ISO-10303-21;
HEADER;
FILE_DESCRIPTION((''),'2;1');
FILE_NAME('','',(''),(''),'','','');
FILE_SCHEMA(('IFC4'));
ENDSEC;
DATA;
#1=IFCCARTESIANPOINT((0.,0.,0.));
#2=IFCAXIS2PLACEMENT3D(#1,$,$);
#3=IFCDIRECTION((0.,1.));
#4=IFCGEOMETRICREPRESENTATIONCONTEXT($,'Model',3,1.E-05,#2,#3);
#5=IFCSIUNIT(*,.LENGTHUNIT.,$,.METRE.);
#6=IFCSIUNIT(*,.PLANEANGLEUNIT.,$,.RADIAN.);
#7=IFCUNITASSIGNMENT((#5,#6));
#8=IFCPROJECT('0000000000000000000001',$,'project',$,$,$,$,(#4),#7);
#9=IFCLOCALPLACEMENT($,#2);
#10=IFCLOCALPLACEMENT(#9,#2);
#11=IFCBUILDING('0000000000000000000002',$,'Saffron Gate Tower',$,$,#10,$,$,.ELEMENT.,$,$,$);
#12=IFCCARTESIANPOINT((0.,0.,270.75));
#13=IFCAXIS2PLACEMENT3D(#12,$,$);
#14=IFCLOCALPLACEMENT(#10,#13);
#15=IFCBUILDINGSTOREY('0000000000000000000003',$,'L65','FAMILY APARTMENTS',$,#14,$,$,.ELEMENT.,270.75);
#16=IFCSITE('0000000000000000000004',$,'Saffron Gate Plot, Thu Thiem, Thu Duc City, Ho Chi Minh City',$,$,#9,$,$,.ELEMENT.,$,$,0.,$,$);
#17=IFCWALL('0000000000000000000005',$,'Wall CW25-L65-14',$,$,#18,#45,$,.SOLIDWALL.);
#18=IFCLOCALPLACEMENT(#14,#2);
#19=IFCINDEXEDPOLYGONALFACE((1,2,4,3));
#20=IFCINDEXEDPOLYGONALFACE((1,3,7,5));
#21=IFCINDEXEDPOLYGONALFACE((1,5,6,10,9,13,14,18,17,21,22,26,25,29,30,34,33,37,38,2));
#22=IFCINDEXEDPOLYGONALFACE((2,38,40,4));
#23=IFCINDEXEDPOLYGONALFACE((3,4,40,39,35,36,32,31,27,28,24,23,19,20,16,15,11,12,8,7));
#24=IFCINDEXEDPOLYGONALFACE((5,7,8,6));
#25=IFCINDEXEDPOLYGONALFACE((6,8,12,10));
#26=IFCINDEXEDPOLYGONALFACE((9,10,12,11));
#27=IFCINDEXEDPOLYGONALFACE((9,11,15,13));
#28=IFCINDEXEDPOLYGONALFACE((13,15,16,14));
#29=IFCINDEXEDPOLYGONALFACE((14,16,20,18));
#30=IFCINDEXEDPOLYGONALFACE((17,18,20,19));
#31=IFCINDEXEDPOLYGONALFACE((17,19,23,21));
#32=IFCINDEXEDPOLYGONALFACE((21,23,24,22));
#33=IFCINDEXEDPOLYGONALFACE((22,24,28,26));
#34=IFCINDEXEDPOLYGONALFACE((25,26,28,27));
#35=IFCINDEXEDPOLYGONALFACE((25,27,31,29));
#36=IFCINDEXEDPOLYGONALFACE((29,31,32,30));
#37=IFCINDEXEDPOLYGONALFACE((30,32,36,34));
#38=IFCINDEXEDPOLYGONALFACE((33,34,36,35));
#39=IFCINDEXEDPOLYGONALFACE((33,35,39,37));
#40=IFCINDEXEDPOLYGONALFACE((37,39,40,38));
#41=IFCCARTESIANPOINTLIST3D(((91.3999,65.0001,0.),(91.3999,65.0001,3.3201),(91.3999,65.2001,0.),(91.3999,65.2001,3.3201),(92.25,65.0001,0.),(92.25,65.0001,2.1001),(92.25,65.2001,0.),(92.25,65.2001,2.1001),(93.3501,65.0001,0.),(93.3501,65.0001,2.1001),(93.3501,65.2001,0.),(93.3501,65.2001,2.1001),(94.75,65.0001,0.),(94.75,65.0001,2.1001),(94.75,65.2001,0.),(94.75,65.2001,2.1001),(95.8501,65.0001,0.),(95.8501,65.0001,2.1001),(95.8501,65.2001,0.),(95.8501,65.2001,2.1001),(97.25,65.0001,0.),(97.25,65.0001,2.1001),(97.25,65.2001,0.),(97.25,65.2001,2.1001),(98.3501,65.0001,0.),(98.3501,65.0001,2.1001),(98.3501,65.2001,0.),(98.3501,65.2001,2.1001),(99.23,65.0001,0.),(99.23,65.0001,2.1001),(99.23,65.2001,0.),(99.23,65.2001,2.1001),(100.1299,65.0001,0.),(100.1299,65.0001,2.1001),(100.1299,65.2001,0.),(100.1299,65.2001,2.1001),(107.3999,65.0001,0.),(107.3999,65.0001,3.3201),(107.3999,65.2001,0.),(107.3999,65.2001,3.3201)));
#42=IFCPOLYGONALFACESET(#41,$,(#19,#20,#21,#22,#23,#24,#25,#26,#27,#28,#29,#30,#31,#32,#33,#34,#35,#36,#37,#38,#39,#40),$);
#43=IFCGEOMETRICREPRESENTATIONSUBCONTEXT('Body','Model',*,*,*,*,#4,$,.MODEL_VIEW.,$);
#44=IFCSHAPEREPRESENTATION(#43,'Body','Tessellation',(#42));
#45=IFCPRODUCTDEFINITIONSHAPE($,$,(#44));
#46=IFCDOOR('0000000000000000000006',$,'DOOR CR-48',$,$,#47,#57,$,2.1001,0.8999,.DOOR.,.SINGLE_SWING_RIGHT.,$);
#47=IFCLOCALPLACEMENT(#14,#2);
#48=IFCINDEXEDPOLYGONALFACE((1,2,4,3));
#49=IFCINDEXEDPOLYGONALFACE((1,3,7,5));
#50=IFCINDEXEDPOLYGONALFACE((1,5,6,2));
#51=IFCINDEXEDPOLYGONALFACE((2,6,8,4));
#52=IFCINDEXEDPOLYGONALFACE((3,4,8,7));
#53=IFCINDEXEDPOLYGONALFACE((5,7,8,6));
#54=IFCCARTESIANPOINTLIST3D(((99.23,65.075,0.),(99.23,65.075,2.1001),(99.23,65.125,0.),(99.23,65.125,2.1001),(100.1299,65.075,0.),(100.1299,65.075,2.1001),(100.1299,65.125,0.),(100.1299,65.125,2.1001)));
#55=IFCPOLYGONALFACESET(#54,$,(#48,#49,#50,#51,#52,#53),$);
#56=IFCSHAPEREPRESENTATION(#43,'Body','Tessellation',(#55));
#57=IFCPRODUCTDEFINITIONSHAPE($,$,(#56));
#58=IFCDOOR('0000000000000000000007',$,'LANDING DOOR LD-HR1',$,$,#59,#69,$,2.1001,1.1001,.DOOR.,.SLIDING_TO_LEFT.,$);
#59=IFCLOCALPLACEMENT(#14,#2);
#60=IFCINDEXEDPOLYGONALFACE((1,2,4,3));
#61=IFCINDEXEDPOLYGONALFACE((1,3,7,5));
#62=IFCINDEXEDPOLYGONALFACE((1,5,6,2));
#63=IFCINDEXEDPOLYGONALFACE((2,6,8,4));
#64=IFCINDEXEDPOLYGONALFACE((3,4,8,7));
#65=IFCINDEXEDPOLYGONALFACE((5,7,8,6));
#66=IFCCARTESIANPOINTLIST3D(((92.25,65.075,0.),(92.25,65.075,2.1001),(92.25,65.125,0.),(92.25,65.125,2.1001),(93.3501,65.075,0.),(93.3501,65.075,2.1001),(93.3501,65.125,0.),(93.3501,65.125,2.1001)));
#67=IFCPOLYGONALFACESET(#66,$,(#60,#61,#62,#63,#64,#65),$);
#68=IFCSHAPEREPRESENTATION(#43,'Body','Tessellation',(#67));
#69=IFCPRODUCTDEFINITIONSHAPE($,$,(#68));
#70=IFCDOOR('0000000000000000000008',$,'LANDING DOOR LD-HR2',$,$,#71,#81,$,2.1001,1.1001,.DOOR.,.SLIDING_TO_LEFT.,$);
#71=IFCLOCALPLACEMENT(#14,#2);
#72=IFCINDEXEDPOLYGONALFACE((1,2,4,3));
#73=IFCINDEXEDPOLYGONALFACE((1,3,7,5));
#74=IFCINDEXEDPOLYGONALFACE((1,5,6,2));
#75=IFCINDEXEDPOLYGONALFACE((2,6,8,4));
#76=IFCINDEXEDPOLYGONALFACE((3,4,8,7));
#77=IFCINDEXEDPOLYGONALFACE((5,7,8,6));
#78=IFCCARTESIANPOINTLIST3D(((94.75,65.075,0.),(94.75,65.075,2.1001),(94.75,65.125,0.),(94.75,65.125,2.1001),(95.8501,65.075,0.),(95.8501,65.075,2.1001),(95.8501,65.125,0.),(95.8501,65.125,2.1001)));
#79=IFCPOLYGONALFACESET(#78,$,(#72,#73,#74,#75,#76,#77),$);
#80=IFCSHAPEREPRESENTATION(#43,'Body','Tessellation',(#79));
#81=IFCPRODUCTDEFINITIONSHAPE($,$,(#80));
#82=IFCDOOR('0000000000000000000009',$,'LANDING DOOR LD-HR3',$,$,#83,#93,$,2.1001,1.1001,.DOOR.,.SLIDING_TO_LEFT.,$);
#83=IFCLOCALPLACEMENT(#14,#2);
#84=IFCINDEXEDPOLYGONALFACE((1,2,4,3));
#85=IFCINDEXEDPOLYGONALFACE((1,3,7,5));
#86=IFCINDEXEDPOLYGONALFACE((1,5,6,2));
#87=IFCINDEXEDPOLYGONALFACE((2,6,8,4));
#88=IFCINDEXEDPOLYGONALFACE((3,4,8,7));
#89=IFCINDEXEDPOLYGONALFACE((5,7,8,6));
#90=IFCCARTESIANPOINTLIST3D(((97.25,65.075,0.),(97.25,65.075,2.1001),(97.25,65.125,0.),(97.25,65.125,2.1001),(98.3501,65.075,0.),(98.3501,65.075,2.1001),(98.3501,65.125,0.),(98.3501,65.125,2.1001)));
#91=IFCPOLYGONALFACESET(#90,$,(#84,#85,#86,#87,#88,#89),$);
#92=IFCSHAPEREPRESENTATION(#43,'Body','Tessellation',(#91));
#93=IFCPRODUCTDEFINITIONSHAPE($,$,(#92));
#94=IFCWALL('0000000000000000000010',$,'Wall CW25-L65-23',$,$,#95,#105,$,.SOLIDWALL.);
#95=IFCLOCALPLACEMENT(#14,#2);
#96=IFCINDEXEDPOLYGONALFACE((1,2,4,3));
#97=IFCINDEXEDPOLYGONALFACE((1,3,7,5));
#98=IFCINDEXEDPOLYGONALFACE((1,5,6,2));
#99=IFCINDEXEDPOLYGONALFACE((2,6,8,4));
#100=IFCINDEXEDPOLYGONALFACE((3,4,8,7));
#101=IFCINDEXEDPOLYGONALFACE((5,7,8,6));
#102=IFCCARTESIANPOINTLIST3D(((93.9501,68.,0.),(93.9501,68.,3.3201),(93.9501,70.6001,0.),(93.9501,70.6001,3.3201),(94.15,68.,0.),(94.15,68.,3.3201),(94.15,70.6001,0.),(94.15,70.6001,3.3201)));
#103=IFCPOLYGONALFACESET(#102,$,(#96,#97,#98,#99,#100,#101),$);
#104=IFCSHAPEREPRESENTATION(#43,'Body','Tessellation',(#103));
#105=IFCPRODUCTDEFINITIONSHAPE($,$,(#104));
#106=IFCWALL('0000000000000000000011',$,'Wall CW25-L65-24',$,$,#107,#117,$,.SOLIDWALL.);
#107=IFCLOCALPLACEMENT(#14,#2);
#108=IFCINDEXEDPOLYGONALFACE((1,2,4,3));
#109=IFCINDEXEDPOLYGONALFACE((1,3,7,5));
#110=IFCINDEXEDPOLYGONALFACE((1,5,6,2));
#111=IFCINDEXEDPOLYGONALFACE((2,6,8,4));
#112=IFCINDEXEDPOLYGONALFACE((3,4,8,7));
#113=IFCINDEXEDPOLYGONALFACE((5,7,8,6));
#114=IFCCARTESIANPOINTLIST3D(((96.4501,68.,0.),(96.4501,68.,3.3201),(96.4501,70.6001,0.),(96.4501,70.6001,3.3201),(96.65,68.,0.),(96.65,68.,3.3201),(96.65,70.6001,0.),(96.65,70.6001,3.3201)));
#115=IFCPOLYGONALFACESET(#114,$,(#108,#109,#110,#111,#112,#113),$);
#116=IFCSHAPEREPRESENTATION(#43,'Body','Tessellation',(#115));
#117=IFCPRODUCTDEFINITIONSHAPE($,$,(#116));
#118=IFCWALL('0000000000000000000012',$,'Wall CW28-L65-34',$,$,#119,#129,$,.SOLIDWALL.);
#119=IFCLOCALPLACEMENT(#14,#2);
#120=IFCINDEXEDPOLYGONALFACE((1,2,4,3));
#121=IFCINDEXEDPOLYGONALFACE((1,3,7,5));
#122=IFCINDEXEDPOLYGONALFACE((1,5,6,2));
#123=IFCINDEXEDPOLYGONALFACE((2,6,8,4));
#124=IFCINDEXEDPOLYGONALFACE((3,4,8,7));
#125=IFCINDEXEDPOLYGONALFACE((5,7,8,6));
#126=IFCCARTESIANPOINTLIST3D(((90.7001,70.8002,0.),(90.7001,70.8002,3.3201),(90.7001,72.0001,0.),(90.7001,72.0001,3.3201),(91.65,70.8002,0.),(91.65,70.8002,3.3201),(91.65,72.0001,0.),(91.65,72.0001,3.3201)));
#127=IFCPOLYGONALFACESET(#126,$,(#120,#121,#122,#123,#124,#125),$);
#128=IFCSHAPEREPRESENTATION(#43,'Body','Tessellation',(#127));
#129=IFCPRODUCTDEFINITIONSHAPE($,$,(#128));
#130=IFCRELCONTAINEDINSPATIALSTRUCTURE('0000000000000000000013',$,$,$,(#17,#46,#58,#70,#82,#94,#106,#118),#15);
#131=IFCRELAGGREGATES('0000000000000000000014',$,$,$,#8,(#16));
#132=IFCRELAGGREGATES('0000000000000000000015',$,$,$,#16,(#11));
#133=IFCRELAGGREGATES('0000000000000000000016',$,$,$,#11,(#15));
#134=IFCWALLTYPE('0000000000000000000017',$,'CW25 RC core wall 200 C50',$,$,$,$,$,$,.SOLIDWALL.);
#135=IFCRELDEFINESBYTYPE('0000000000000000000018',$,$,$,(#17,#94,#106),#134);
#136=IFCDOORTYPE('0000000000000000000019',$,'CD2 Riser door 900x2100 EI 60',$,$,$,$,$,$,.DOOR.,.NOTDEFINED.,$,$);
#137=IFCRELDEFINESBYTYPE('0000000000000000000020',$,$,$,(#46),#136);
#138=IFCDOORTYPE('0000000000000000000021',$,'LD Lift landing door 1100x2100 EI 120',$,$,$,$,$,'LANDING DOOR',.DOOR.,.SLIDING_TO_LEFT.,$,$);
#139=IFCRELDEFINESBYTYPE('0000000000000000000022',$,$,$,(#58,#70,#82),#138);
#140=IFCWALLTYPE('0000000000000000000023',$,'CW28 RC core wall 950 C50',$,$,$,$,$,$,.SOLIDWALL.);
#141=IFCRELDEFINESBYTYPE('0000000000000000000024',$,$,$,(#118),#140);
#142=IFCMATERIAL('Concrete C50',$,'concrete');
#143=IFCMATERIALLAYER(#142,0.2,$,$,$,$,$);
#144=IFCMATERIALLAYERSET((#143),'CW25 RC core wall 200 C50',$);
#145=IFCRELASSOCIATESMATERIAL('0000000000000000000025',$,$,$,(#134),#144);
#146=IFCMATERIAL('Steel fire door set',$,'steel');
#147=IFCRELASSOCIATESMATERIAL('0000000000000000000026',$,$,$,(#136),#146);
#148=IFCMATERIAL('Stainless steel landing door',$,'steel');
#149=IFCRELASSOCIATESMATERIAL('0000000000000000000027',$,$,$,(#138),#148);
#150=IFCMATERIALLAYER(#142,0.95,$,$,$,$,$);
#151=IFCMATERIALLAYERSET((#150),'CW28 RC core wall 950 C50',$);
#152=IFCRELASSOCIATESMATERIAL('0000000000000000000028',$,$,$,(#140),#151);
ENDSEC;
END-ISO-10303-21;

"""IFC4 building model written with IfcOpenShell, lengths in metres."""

from ifc_helpers import new_model, si_unit, direction, frame, frame_2d, origin, place, context, subcontext, project, spatial, rectangle, extrude, material, layer, layer_set, type_object, element, fill, save


model = new_model("IFC4")

# Units and contexts
model_context = context("Model", 3, precision=1e-05, world=origin(), true_north=direction((0.0, 1.0)))
body_context = subcontext(model_context, "Body", "Model", "MODEL_VIEW")
ifc_project = project(units=[si_unit("LENGTHUNIT", "METRE"), si_unit("PLANEANGLEUNIT", "RADIAN")], contexts=[model_context])

# Site, building, storey
site_placement = place(None, origin())
site = spatial("IfcSite", under=ifc_project, at=site_placement, Name="Saffron Gate Plot, Thu Thiem, Thu Duc City, Ho Chi Minh City", CompositionType="ELEMENT", RefElevation=0.0)
building_placement = place(site_placement, origin())
building = spatial("IfcBuilding", under=site, at=building_placement, Name="Saffron Gate Tower", CompositionType="ELEMENT")
storey_placement = place(building_placement, frame((0.0, 0.0, 270.75)))
storey = spatial("IfcBuildingStorey", under=building, at=storey_placement, Name="L65", Description="FAMILY APARTMENTS", CompositionType="ELEMENT", Elevation=270.75)

# Shared definitions
ifc_material_1 = material(Name="Concrete C50", Category="concrete")

# Shared definitions
ifc_material_2 = material(Name="Steel fire door set", Category="steel")

# Shared definitions
ifc_layer_1 = layer(ifc_material_1, 0.2)
ifc_layer_set_1 = layer_set([ifc_layer_1], Name="CW25 RC core wall 200 C50")
wall_type_1 = type_object("IfcWallType", Name="CW25 RC core wall 200 C50", PredefinedType="SOLIDWALL", material=ifc_layer_set_1)

# Wall, openings, doors
wall_1_placement = place(storey_placement, frame((91.3999, 65.1001, 0.0), z_axis=(0.0, 0.0, 1.0), x_axis=(1.0, 0.0, 0.0)))
wall_1 = element("IfcWall", 1, at=wall_1_placement, inside=storey, type_object=wall_type_1, Name="Wall CW25-L65-14", PredefinedType="SOLIDWALL", context=body_context, shape_type="SweptSolid", body=[
    extrude(rectangle(XDim=16.0, YDim=0.2, at=frame_2d((8.0, 0.0))), origin(), (0.0, 0.0, 1.0), 3.3201),
])
opening_1_placement = place(wall_1_placement, frame((0.8501, 0.0, 0.0)))
opening_1 = element("IfcOpeningElement", 2, at=opening_1_placement, cuts=wall_1, PredefinedType="OPENING", context=body_context, shape_type="SweptSolid", body=[
    extrude(rectangle(XDim=1.1001, YDim=2.1001, at=frame_2d((0.55, 1.05))), frame((0.0, 0.1099, 0.0), z_axis=(0.0, -1.0, 0.0), x_axis=(1.0, 0.0, 0.0)), (0.0, 0.0, 1.0), 0.22),
])
opening_2_placement = place(wall_1_placement, frame((3.3501, 0.0, 0.0)))
opening_2 = element("IfcOpeningElement", 3, at=opening_2_placement, cuts=wall_1, PredefinedType="OPENING", context=body_context, shape_type="SweptSolid", body=[
    extrude(rectangle(XDim=1.1001, YDim=2.1001, at=frame_2d((0.55, 1.05))), frame((0.0, 0.1099, 0.0), z_axis=(0.0, -1.0, 0.0), x_axis=(1.0, 0.0, 0.0)), (0.0, 0.0, 1.0), 0.22),
])
opening_3_placement = place(wall_1_placement, frame((5.8501, 0.0, 0.0)))
opening_3 = element("IfcOpeningElement", 4, at=opening_3_placement, cuts=wall_1, PredefinedType="OPENING", context=body_context, shape_type="SweptSolid", body=[
    extrude(rectangle(XDim=1.1001, YDim=2.1001, at=frame_2d((0.55, 1.05))), frame((0.0, 0.1099, 0.0), z_axis=(0.0, -1.0, 0.0), x_axis=(1.0, 0.0, 0.0)), (0.0, 0.0, 1.0), 0.22),
])
opening_4_placement = place(wall_1_placement, frame((7.8301, 0.0, 0.0)))
opening_4 = element("IfcOpeningElement", 5, at=opening_4_placement, cuts=wall_1, PredefinedType="OPENING", context=body_context, shape_type="SweptSolid", body=[
    extrude(rectangle(XDim=0.8999, YDim=2.1001, at=frame_2d((0.45, 1.05))), frame((0.0, 0.1099, 0.0), z_axis=(0.0, -1.0, 0.0), x_axis=(1.0, 0.0, 0.0)), (0.0, 0.0, 1.0), 0.22),
])
door_type_1 = type_object("IfcDoorType", Name="CD2 Riser door 900x2100 EI 60", OperationType="NOTDEFINED", PredefinedType="DOOR", material=ifc_material_2)
door_1_placement = place(opening_4_placement, origin())
door_1 = element("IfcDoor", 6, at=door_1_placement, inside=storey, type_object=door_type_1, Name="DOOR CR-48", OperationType="SINGLE_SWING_RIGHT", OverallHeight=2.1001, OverallWidth=0.8999, PredefinedType="DOOR", context=body_context, shape_type="SweptSolid", body=[
    extrude(rectangle(XDim=0.8999, YDim=2.1001, at=frame_2d((0.45, 1.05))), frame((0.0, 0.0249, 0.0), z_axis=(0.0, -1.0, 0.0), x_axis=(1.0, 0.0, 0.0)), (0.0, 0.0, 1.0), 0.05),
])
fill(opening_4, door_1)
ifc_material_3 = material(Name="Stainless steel landing door", Category="steel")
door_type_2 = type_object("IfcDoorType", Name="LD Lift landing door 1100x2100 EI 120", ElementType="LANDING DOOR", OperationType="SLIDING_TO_LEFT", PredefinedType="DOOR", material=ifc_material_3)
door_2_placement = place(opening_1_placement, origin())
door_2 = element("IfcDoor", 7, at=door_2_placement, inside=storey, type_object=door_type_2, Name="LANDING DOOR LD-HR1", OperationType="SLIDING_TO_LEFT", OverallHeight=2.1001, OverallWidth=1.1001, PredefinedType="DOOR", context=body_context, shape_type="SweptSolid", body=[
    extrude(rectangle(XDim=1.1001, YDim=2.1001, at=frame_2d((0.55, 1.05))), frame((0.0, 0.0249, 0.0), z_axis=(0.0, -1.0, 0.0), x_axis=(1.0, 0.0, 0.0)), (0.0, 0.0, 1.0), 0.05),
])
fill(opening_1, door_2)
door_3_placement = place(opening_2_placement, origin())
door_3 = element("IfcDoor", 8, at=door_3_placement, inside=storey, type_object=door_type_2, Name="LANDING DOOR LD-HR2", OperationType="SLIDING_TO_LEFT", OverallHeight=2.1001, OverallWidth=1.1001, PredefinedType="DOOR", context=body_context, shape_type="SweptSolid", body=[
    extrude(rectangle(XDim=1.1001, YDim=2.1001, at=frame_2d((0.55, 1.05))), frame((0.0, 0.0249, 0.0), z_axis=(0.0, -1.0, 0.0), x_axis=(1.0, 0.0, 0.0)), (0.0, 0.0, 1.0), 0.05),
])
fill(opening_2, door_3)
door_4_placement = place(opening_3_placement, origin())
door_4 = element("IfcDoor", 9, at=door_4_placement, inside=storey, type_object=door_type_2, Name="LANDING DOOR LD-HR3", OperationType="SLIDING_TO_LEFT", OverallHeight=2.1001, OverallWidth=1.1001, PredefinedType="DOOR", context=body_context, shape_type="SweptSolid", body=[
    extrude(rectangle(XDim=1.1001, YDim=2.1001, at=frame_2d((0.55, 1.05))), frame((0.0, 0.0249, 0.0), z_axis=(0.0, -1.0, 0.0), x_axis=(1.0, 0.0, 0.0)), (0.0, 0.0, 1.0), 0.05),
])
fill(opening_3, door_4)

# Walls
for number, where, z_axis, x_axis, name in (
    (10, (94.05, 68.0, 0.0), (0.0, 0.0, 1.0), (0.0, 1.0, 0.0), "Wall CW25-L65-23"),
    (11, (96.55, 68.0, 0.0), (0.0, 0.0, 1.0), (0.0, 1.0, 0.0), "Wall CW25-L65-24"),
):
    element("IfcWall", number, at=place(storey_placement, frame(where, z_axis=z_axis, x_axis=x_axis)), inside=storey, type_object=wall_type_1, Name=name, PredefinedType="SOLIDWALL", context=body_context, shape_type="SweptSolid", body=[
        extrude(rectangle(XDim=2.6001, YDim=0.2, at=frame_2d((1.3, 0.0))), origin(), (0.0, 0.0, 1.0), 3.3201),
    ])
ifc_layer_2 = layer(ifc_material_1, 0.95)
ifc_layer_set_2 = layer_set([ifc_layer_2], Name="CW28 RC core wall 950 C50")
wall_type_2 = type_object("IfcWallType", Name="CW28 RC core wall 950 C50", PredefinedType="SOLIDWALL", material=ifc_layer_set_2)
wall_2_placement = place(storey_placement, frame((91.175, 70.8, 0.0), z_axis=(0.0, 0.0, 1.0), x_axis=(0.0, 1.0, 0.0)))
element("IfcWall", 12, at=wall_2_placement, inside=storey, type_object=wall_type_2, Name="Wall CW28-L65-34", PredefinedType="SOLIDWALL", context=body_context, shape_type="SweptSolid", body=[
    extrude(rectangle(XDim=1.2, YDim=0.95, at=frame_2d((0.6001, 0.0))), origin(), (0.0, 0.0, 1.0), 3.3201),
])

save(model, "model.ifc")
